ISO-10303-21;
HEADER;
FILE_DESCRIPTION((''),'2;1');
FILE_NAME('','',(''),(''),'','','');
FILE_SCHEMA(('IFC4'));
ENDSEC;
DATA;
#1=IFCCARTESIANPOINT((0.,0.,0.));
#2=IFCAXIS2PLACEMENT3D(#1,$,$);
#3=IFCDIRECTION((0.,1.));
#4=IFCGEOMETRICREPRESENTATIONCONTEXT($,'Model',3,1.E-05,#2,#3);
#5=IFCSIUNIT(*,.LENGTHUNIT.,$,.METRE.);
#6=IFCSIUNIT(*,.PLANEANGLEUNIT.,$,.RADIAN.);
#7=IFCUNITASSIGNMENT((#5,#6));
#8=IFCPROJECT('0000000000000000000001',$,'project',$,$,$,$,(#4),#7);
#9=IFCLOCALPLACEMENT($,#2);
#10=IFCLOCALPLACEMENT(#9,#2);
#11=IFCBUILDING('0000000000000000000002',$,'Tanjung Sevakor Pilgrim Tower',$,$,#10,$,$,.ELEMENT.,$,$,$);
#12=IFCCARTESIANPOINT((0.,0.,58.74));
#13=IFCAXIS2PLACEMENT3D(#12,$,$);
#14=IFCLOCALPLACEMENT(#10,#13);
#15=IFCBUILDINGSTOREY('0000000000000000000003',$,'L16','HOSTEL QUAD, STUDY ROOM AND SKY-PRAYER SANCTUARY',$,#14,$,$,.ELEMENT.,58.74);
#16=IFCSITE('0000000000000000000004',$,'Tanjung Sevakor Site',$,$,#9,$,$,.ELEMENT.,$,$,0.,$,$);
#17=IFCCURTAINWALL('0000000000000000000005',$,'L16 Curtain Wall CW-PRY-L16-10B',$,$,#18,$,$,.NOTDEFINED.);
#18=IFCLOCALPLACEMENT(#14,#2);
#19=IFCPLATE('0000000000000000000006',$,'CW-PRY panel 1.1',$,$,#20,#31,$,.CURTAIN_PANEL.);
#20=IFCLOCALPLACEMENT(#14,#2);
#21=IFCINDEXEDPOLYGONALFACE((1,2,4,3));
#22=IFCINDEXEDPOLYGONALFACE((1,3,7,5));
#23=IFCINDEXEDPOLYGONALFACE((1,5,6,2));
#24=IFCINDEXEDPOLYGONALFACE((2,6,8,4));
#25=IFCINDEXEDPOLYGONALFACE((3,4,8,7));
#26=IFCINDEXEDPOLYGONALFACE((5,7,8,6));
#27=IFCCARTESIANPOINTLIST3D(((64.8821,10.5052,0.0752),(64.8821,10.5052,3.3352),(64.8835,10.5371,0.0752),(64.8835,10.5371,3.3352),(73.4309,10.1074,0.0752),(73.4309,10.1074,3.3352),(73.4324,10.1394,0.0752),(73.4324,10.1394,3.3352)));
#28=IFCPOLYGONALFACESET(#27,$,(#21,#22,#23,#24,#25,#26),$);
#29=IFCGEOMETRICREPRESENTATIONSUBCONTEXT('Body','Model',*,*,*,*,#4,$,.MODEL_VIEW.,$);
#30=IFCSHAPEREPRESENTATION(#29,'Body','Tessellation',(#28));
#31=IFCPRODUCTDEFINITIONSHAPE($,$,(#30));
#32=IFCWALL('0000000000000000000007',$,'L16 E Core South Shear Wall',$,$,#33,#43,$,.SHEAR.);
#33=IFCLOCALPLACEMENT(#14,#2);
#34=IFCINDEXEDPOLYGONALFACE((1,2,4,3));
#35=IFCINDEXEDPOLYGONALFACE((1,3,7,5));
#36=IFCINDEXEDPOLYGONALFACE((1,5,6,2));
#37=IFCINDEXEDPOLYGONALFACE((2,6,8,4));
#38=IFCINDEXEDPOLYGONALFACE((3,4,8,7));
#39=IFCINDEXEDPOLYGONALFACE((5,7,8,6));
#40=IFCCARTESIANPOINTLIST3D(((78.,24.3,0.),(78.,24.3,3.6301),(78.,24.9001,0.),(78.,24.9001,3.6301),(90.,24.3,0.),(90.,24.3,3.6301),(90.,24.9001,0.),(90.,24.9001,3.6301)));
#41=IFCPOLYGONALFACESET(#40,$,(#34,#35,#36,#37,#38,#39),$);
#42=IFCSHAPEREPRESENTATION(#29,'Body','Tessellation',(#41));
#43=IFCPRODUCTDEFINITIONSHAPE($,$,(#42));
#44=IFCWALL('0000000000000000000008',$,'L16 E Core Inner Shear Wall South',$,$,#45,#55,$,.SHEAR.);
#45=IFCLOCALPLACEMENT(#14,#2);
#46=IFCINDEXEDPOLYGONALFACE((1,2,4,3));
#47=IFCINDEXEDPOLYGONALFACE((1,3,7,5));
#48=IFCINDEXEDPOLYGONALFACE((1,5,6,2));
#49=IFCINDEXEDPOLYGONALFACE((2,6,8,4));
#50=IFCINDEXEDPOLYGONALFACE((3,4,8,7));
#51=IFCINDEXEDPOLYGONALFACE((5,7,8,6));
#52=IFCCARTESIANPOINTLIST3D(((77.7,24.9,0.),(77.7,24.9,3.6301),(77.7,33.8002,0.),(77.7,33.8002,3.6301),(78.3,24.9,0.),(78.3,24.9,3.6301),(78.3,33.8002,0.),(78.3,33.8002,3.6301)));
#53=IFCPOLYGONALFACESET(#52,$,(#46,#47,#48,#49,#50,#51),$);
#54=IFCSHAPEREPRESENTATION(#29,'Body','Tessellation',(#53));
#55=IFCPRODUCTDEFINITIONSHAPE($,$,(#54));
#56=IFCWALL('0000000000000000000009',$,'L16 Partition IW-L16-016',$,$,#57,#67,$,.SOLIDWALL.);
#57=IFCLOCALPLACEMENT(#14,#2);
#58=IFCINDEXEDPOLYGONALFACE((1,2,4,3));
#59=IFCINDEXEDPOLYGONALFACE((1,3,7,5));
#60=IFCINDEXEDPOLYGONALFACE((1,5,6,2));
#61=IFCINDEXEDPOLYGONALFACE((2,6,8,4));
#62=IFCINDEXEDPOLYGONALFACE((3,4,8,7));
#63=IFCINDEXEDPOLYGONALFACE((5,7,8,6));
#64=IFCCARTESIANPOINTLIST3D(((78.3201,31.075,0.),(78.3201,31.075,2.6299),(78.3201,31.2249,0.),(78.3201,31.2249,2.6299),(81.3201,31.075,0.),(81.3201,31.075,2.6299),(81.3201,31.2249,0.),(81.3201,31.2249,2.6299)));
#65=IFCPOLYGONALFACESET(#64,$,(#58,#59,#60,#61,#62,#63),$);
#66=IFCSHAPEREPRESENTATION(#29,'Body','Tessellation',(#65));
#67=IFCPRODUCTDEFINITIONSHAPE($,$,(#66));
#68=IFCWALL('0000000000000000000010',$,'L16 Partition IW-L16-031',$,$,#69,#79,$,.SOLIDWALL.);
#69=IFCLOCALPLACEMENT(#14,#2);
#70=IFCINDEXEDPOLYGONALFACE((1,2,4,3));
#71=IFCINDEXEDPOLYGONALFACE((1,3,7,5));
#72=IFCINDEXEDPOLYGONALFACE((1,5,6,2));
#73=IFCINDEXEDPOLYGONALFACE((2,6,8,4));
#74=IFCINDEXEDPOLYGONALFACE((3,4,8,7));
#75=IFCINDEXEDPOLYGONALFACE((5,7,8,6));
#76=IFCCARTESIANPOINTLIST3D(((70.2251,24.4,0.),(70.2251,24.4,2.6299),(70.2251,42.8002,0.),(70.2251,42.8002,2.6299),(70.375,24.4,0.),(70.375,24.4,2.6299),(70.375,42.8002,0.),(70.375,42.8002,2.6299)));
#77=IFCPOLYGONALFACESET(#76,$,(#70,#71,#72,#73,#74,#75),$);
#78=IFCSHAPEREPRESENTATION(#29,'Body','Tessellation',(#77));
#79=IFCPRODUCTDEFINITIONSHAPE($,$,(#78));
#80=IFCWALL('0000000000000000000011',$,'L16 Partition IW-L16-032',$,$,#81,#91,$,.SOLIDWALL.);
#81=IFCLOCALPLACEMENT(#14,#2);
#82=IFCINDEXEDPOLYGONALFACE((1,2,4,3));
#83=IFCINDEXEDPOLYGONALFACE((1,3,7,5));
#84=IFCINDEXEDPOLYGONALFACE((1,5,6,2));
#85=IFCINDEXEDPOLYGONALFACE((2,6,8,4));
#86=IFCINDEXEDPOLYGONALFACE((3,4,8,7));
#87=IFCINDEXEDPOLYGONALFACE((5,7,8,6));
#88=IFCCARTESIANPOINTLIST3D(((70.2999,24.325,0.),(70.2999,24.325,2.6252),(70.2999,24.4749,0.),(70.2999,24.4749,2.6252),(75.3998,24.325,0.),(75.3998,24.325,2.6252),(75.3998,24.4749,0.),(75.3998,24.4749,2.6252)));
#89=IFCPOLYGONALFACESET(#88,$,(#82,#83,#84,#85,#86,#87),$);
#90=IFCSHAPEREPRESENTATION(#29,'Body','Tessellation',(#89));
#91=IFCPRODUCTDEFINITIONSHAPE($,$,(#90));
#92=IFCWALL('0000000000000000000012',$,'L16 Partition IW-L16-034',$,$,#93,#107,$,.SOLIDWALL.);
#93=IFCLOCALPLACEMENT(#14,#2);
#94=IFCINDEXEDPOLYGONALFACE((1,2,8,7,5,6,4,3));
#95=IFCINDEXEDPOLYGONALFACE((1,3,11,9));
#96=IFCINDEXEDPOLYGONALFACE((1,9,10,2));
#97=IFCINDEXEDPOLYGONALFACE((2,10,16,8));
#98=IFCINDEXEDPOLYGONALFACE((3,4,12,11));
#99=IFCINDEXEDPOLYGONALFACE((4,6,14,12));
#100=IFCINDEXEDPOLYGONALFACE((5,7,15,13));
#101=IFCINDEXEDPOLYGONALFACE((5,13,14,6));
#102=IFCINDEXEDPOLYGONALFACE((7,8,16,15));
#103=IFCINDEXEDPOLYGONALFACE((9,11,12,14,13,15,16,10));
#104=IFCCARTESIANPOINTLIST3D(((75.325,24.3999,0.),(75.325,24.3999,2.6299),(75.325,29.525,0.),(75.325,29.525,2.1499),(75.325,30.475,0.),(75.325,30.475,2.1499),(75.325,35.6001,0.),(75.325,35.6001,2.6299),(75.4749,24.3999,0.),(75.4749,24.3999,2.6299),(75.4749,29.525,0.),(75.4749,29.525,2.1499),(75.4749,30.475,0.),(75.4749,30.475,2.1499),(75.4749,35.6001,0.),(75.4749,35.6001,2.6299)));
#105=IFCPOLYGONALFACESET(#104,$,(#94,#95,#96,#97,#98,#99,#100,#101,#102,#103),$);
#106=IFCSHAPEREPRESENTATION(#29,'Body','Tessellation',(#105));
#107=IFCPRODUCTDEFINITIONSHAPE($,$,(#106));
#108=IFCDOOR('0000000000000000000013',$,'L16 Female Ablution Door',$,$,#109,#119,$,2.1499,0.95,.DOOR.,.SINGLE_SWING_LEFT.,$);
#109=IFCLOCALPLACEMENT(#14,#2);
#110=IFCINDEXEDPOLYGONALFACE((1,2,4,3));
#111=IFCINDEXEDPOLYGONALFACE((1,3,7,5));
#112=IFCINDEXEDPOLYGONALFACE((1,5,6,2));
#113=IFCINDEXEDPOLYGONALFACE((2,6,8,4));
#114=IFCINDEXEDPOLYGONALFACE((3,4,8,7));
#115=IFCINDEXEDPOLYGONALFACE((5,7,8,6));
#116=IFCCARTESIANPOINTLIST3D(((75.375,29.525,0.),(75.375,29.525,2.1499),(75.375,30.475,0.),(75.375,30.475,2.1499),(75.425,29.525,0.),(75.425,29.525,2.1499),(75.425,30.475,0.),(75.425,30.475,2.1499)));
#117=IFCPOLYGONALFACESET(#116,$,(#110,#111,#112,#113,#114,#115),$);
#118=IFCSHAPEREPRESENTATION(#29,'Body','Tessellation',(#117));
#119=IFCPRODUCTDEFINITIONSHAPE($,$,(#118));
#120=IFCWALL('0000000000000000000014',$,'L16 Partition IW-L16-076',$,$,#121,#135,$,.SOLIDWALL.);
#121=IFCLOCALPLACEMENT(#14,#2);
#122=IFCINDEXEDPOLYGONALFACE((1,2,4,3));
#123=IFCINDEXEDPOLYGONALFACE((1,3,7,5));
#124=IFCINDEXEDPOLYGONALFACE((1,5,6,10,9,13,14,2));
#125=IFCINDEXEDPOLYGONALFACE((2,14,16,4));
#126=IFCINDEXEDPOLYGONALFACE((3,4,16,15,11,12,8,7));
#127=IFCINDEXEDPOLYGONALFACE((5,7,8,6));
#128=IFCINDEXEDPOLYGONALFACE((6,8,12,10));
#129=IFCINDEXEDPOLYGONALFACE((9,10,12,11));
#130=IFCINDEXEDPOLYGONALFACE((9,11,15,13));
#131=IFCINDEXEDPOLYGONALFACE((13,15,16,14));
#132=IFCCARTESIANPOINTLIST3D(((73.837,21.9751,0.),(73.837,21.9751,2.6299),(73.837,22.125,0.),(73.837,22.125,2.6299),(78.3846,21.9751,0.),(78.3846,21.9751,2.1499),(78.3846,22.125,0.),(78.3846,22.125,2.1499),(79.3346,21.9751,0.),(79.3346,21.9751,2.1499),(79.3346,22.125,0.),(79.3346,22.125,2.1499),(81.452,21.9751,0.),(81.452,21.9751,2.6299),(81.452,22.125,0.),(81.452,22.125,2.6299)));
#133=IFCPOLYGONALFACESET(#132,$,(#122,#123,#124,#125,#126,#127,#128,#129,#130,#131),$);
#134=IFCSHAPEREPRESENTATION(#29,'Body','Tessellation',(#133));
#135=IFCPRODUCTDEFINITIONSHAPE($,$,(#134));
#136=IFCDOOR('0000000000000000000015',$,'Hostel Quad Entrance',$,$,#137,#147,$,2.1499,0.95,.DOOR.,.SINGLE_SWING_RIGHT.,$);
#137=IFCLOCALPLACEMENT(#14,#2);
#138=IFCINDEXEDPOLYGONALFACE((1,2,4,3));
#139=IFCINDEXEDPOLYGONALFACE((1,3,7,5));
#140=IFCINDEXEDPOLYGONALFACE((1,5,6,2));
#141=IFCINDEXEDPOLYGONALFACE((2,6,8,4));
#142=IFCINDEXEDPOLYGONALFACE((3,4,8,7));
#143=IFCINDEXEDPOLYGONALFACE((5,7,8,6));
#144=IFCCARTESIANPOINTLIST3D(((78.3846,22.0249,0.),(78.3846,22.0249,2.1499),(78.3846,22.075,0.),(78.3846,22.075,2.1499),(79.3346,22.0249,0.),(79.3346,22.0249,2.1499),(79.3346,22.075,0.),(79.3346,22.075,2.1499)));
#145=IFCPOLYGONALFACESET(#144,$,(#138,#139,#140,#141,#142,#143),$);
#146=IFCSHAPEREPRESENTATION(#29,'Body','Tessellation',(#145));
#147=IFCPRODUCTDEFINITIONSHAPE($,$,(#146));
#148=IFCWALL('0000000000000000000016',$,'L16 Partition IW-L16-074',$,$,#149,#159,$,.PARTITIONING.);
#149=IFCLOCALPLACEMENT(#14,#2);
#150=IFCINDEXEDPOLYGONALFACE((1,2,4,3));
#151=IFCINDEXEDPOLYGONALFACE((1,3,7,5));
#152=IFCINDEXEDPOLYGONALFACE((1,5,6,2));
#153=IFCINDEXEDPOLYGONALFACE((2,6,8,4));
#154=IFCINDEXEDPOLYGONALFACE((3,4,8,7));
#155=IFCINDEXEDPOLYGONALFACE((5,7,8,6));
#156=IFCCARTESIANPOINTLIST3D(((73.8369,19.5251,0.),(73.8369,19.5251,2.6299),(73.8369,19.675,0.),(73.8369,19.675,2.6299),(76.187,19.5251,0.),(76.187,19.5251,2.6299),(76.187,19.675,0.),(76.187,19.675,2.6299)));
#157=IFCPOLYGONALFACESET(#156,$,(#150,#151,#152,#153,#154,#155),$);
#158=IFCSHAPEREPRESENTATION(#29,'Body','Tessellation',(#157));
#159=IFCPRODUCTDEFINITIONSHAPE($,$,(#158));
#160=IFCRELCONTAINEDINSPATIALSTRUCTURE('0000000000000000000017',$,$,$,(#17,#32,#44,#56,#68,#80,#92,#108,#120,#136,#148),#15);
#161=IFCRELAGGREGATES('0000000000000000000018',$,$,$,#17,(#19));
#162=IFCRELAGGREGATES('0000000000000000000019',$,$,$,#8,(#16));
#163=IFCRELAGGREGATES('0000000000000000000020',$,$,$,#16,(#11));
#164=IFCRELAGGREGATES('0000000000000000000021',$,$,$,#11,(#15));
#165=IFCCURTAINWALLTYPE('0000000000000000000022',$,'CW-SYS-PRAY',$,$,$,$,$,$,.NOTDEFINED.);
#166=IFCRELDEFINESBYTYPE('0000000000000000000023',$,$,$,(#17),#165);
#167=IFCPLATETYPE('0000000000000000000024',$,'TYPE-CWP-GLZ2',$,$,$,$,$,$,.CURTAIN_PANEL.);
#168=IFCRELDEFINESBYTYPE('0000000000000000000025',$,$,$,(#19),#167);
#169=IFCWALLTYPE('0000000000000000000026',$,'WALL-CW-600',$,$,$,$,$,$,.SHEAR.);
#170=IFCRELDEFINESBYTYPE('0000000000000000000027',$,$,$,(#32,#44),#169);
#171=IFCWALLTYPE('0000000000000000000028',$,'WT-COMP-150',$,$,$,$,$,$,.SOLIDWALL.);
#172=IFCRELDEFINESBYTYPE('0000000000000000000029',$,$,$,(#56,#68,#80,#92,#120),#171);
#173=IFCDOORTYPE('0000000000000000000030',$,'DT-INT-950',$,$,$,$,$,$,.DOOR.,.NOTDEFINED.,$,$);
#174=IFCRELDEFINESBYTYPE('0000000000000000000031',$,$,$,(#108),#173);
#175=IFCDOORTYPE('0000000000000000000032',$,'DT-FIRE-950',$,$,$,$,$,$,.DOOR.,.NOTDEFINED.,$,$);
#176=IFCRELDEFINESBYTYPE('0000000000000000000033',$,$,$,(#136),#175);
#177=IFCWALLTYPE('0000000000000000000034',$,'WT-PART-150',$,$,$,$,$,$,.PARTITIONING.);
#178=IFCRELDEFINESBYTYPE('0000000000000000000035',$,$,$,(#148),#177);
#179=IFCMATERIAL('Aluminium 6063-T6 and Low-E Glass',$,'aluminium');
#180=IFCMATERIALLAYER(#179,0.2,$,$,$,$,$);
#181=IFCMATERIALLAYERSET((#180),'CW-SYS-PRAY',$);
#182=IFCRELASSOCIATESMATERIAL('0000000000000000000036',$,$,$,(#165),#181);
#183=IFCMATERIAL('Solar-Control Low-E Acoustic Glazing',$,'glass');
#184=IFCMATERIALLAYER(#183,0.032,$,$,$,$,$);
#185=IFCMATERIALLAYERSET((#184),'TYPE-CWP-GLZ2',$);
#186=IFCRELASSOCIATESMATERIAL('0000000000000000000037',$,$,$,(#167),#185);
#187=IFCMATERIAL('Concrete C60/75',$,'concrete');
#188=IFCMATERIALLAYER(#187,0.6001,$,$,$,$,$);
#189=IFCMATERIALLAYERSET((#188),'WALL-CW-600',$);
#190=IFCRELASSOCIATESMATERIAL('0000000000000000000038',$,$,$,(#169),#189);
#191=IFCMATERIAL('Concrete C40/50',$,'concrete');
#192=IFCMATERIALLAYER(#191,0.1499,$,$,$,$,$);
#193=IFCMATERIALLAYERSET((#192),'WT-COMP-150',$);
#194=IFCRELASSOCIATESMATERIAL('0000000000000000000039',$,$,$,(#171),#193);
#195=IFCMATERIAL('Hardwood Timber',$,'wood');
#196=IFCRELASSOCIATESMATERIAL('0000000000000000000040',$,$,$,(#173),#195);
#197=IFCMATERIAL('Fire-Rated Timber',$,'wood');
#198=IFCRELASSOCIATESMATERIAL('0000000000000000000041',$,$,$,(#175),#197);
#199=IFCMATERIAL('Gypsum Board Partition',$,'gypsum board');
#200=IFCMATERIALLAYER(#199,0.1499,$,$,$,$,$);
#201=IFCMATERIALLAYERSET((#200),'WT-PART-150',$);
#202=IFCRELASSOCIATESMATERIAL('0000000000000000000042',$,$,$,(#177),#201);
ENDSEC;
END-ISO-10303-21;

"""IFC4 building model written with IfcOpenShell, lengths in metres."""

from ifc_helpers import new_model, si_unit, direction, frame, frame_2d, origin, origin_2d, place, context, subcontext, project, spatial, rectangle, extrude, material, layer, layer_set, type_object, element, fill, aggregate, save


model = new_model("IFC4")

# Units and contexts
model_context = context("Model", 3, precision=1e-05, world=origin(), true_north=direction((0.0, 1.0)))
body_context = subcontext(model_context, "Body", "Model", "MODEL_VIEW")
ifc_project = project(units=[si_unit("LENGTHUNIT", "METRE"), si_unit("PLANEANGLEUNIT", "RADIAN")], contexts=[model_context])

# Site, building, storey
site_placement = place(None, origin())
site = spatial("IfcSite", under=ifc_project, at=site_placement, Name="Tanjung Sevakor Site", CompositionType="ELEMENT", RefElevation=0.0)
building_placement = place(site_placement, origin())
building = spatial("IfcBuilding", under=site, at=building_placement, Name="Tanjung Sevakor Pilgrim Tower", CompositionType="ELEMENT")
storey_placement = place(building_placement, frame((0.0, 0.0, 58.74)))
storey = spatial("IfcBuildingStorey", under=building, at=storey_placement, Name="L16", Description="HOSTEL QUAD, STUDY ROOM AND SKY-PRAYER SANCTUARY", CompositionType="ELEMENT", Elevation=58.74)

# Curtain wall
ifc_material_1 = material(Name="Aluminium 6063-T6 and Low-E Glass", Category="aluminium")
ifc_layer_1 = layer(ifc_material_1, 0.2)
ifc_layer_set_1 = layer_set([ifc_layer_1], Name="CW-SYS-PRAY")
curtain_wall_type = type_object("IfcCurtainWallType", Name="CW-SYS-PRAY", PredefinedType="NOTDEFINED", material=ifc_layer_set_1)
curtain_wall_1_placement = place(storey_placement, origin())
curtain_wall_1 = element("IfcCurtainWall", 1, at=curtain_wall_1_placement, inside=storey, type_object=curtain_wall_type, Name="L16 Curtain Wall CW-PRY-L16-10B", PredefinedType="NOTDEFINED")

# Plate
ifc_material_2 = material(Name="Solar-Control Low-E Acoustic Glazing", Category="glass")
ifc_layer_2 = layer(ifc_material_2, 0.032)
ifc_layer_set_2 = layer_set([ifc_layer_2], Name="TYPE-CWP-GLZ2")
plate_type = type_object("IfcPlateType", Name="TYPE-CWP-GLZ2", PredefinedType="CURTAIN_PANEL", material=ifc_layer_set_2)
plate_placement = place(storey_placement, frame((69.1572, 10.3223, 0.0752), z_axis=(0.0, 0.0, 1.0), x_axis=(0.99892, -0.046474, 0.0)))
plate = element("IfcPlate", 2, at=plate_placement, type_object=plate_type, Name="CW-PRY panel 1.1", PredefinedType="CURTAIN_PANEL", context=body_context, shape_type="SweptSolid", body=[
    extrude(rectangle(XDim=8.5581, YDim=0.032, at=origin_2d()), origin(), (0.0, 0.0, 1.0), 3.26),
])
aggregate(curtain_wall_1, [plate])

# Walls
ifc_material_3 = material(Name="Concrete C60/75", Category="concrete")
ifc_layer_3 = layer(ifc_material_3, 0.6001)
ifc_layer_set_3 = layer_set([ifc_layer_3], Name="WALL-CW-600")
wall_type_1 = type_object("IfcWallType", Name="WALL-CW-600", PredefinedType="SHEAR", material=ifc_layer_set_3)
wall_1_placement = place(storey_placement, frame((78.0, 24.6001, 0.0), z_axis=(0.0, 0.0, 1.0), x_axis=(1.0, 0.0, 0.0)))
element("IfcWall", 3, at=wall_1_placement, inside=storey, type_object=wall_type_1, Name="L16 E Core South Shear Wall", PredefinedType="SHEAR", context=body_context, shape_type="SweptSolid", body=[
    extrude(rectangle(XDim=12.0, YDim=0.6001, at=frame_2d((6.0, 0.0))), origin(), (0.0, 0.0, 1.0), 3.6301),
])
wall_2_placement = place(storey_placement, frame((78.0, 24.8999, 0.0), z_axis=(0.0, 0.0, 1.0), x_axis=(0.0, 1.0, 0.0)))
element("IfcWall", 4, at=wall_2_placement, inside=storey, type_object=wall_type_1, Name="L16 E Core Inner Shear Wall South", PredefinedType="SHEAR", context=body_context, shape_type="SweptSolid", body=[
    extrude(rectangle(XDim=8.9001, YDim=0.6001, at=frame_2d((4.4502, 0.0))), origin(), (0.0, 0.0, 1.0), 3.6301),
])
ifc_material_4 = material(Name="Concrete C40/50", Category="concrete")
ifc_layer_4 = layer(ifc_material_4, 0.1499)
ifc_layer_set_4 = layer_set([ifc_layer_4], Name="WT-COMP-150")
wall_type_2 = type_object("IfcWallType", Name="WT-COMP-150", PredefinedType="SOLIDWALL", material=ifc_layer_set_4)
wall_3_placement = place(storey_placement, frame((78.3201, 31.1499, 0.0), z_axis=(0.0, 0.0, 1.0), x_axis=(1.0, 0.0, 0.0)))
element("IfcWall", 5, at=wall_3_placement, inside=storey, type_object=wall_type_2, Name="L16 Partition IW-L16-016", PredefinedType="SOLIDWALL", context=body_context, shape_type="SweptSolid", body=[
    extrude(rectangle(XDim=3.0, YDim=0.1499, at=frame_2d((1.5, 0.0))), origin(), (0.0, 0.0, 1.0), 2.6299),
])
wall_4_placement = place(storey_placement, frame((70.3, 24.3999, 0.0), z_axis=(0.0, 0.0, 1.0), x_axis=(0.0, 1.0, 0.0)))
element("IfcWall", 6, at=wall_4_placement, inside=storey, type_object=wall_type_2, Name="L16 Partition IW-L16-031", PredefinedType="SOLIDWALL", context=body_context, shape_type="SweptSolid", body=[
    extrude(rectangle(XDim=18.4001, YDim=0.1499, at=frame_2d((9.2002, 0.0))), origin(), (0.0, 0.0, 1.0), 2.6299),
])
wall_5_placement = place(storey_placement, frame((70.3, 24.3999, 0.0), z_axis=(0.0, 0.0, 1.0), x_axis=(1.0, 0.0, 0.0)))
element("IfcWall", 7, at=wall_5_placement, inside=storey, type_object=wall_type_2, Name="L16 Partition IW-L16-032", PredefinedType="SOLIDWALL", context=body_context, shape_type="SweptSolid", body=[
    extrude(rectangle(XDim=5.0999, YDim=0.1499, at=frame_2d((2.5498, 0.0))), origin(), (0.0, 0.0, 1.0), 2.6252),
])

# Walls, openings, doors
wall_6_placement = place(storey_placement, frame((75.3999, 24.3999, 0.0), z_axis=(0.0, 0.0, 1.0), x_axis=(0.0, 1.0, 0.0)))
wall_6 = element("IfcWall", 8, at=wall_6_placement, inside=storey, type_object=wall_type_2, Name="L16 Partition IW-L16-034", PredefinedType="SOLIDWALL", context=body_context, shape_type="SweptSolid", body=[
    extrude(rectangle(XDim=11.2002, YDim=0.1499, at=frame_2d((5.6001, 0.0))), origin(), (0.0, 0.0, 1.0), 2.6299),
])
opening_1_placement = place(wall_6_placement, frame((5.125, 0.0, 0.0)))
opening_1 = element("IfcOpeningElement", 9, at=opening_1_placement, cuts=wall_6, PredefinedType="OPENING", context=body_context, shape_type="SweptSolid", body=[
    extrude(rectangle(XDim=0.95, YDim=2.1499, at=frame_2d((0.4751, 1.075))), frame((0.0, 0.085, 0.0), z_axis=(0.0, -1.0, 0.0), x_axis=(1.0, 0.0, 0.0)), (0.0, 0.0, 1.0), 0.1699),
])
ifc_material_5 = material(Name="Hardwood Timber", Category="wood")
door_type_1 = type_object("IfcDoorType", Name="DT-INT-950", OperationType="NOTDEFINED", PredefinedType="DOOR", material=ifc_material_5)
door_1_placement = place(opening_1_placement, origin())
door_1 = element("IfcDoor", 10, at=door_1_placement, inside=storey, type_object=door_type_1, Name="L16 Female Ablution Door", OperationType="SINGLE_SWING_LEFT", OverallHeight=2.1499, OverallWidth=0.95, PredefinedType="DOOR", context=body_context, shape_type="SweptSolid", body=[
    extrude(rectangle(XDim=0.95, YDim=2.1499, at=frame_2d((0.4751, 1.075))), frame((0.0, 0.0249, 0.0), z_axis=(0.0, -1.0, 0.0), x_axis=(1.0, 0.0, 0.0)), (0.0, 0.0, 1.0), 0.05),
])
fill(opening_1, door_1)
wall_7_placement = place(storey_placement, frame((73.8369, 22.05, 0.0), z_axis=(0.0, 0.0, 1.0), x_axis=(1.0, 0.0, 0.0)))
wall_7 = element("IfcWall", 11, at=wall_7_placement, inside=storey, type_object=wall_type_2, Name="L16 Partition IW-L16-076", PredefinedType="SOLIDWALL", context=body_context, shape_type="SweptSolid", body=[
    extrude(rectangle(XDim=7.615, YDim=0.1499, at=frame_2d((3.8076, 0.0))), origin(), (0.0, 0.0, 1.0), 2.6299),
])
opening_2_placement = place(wall_7_placement, frame((4.5476, 0.0, 0.0)))
opening_2 = element("IfcOpeningElement", 12, at=opening_2_placement, cuts=wall_7, PredefinedType="OPENING", context=body_context, shape_type="SweptSolid", body=[
    extrude(rectangle(XDim=0.95, YDim=2.1499, at=frame_2d((0.4751, 1.075))), frame((0.0, 0.085, 0.0), z_axis=(0.0, -1.0, 0.0), x_axis=(1.0, 0.0, 0.0)), (0.0, 0.0, 1.0), 0.1699),
])
ifc_material_6 = material(Name="Fire-Rated Timber", Category="wood")
door_type_2 = type_object("IfcDoorType", Name="DT-FIRE-950", OperationType="NOTDEFINED", PredefinedType="DOOR", material=ifc_material_6)
door_2_placement = place(opening_2_placement, origin())
door_2 = element("IfcDoor", 13, at=door_2_placement, inside=storey, type_object=door_type_2, Name="Hostel Quad Entrance", OperationType="SINGLE_SWING_RIGHT", OverallHeight=2.1499, OverallWidth=0.95, PredefinedType="DOOR", context=body_context, shape_type="SweptSolid", body=[
    extrude(rectangle(XDim=0.95, YDim=2.1499, at=frame_2d((0.4751, 1.075))), frame((0.0, 0.0249, 0.0), z_axis=(0.0, -1.0, 0.0), x_axis=(1.0, 0.0, 0.0)), (0.0, 0.0, 1.0), 0.05),
])
fill(opening_2, door_2)

# Wall
ifc_material_7 = material(Name="Gypsum Board Partition", Category="gypsum board")
ifc_layer_5 = layer(ifc_material_7, 0.1499)
ifc_layer_set_5 = layer_set([ifc_layer_5], Name="WT-PART-150")
wall_type_3 = type_object("IfcWallType", Name="WT-PART-150", PredefinedType="PARTITIONING", material=ifc_layer_set_5)
wall_8_placement = place(storey_placement, frame((73.8369, 19.6001, 0.0), z_axis=(0.0, 0.0, 1.0), x_axis=(1.0, 0.0, 0.0)))
element("IfcWall", 14, at=wall_8_placement, inside=storey, type_object=wall_type_3, Name="L16 Partition IW-L16-074", PredefinedType="PARTITIONING", context=body_context, shape_type="SweptSolid", body=[
    extrude(rectangle(XDim=2.3501, YDim=0.1499, at=frame_2d((1.175, 0.0))), origin(), (0.0, 0.0, 1.0), 2.6299),
])

save(model, "model.ifc")
